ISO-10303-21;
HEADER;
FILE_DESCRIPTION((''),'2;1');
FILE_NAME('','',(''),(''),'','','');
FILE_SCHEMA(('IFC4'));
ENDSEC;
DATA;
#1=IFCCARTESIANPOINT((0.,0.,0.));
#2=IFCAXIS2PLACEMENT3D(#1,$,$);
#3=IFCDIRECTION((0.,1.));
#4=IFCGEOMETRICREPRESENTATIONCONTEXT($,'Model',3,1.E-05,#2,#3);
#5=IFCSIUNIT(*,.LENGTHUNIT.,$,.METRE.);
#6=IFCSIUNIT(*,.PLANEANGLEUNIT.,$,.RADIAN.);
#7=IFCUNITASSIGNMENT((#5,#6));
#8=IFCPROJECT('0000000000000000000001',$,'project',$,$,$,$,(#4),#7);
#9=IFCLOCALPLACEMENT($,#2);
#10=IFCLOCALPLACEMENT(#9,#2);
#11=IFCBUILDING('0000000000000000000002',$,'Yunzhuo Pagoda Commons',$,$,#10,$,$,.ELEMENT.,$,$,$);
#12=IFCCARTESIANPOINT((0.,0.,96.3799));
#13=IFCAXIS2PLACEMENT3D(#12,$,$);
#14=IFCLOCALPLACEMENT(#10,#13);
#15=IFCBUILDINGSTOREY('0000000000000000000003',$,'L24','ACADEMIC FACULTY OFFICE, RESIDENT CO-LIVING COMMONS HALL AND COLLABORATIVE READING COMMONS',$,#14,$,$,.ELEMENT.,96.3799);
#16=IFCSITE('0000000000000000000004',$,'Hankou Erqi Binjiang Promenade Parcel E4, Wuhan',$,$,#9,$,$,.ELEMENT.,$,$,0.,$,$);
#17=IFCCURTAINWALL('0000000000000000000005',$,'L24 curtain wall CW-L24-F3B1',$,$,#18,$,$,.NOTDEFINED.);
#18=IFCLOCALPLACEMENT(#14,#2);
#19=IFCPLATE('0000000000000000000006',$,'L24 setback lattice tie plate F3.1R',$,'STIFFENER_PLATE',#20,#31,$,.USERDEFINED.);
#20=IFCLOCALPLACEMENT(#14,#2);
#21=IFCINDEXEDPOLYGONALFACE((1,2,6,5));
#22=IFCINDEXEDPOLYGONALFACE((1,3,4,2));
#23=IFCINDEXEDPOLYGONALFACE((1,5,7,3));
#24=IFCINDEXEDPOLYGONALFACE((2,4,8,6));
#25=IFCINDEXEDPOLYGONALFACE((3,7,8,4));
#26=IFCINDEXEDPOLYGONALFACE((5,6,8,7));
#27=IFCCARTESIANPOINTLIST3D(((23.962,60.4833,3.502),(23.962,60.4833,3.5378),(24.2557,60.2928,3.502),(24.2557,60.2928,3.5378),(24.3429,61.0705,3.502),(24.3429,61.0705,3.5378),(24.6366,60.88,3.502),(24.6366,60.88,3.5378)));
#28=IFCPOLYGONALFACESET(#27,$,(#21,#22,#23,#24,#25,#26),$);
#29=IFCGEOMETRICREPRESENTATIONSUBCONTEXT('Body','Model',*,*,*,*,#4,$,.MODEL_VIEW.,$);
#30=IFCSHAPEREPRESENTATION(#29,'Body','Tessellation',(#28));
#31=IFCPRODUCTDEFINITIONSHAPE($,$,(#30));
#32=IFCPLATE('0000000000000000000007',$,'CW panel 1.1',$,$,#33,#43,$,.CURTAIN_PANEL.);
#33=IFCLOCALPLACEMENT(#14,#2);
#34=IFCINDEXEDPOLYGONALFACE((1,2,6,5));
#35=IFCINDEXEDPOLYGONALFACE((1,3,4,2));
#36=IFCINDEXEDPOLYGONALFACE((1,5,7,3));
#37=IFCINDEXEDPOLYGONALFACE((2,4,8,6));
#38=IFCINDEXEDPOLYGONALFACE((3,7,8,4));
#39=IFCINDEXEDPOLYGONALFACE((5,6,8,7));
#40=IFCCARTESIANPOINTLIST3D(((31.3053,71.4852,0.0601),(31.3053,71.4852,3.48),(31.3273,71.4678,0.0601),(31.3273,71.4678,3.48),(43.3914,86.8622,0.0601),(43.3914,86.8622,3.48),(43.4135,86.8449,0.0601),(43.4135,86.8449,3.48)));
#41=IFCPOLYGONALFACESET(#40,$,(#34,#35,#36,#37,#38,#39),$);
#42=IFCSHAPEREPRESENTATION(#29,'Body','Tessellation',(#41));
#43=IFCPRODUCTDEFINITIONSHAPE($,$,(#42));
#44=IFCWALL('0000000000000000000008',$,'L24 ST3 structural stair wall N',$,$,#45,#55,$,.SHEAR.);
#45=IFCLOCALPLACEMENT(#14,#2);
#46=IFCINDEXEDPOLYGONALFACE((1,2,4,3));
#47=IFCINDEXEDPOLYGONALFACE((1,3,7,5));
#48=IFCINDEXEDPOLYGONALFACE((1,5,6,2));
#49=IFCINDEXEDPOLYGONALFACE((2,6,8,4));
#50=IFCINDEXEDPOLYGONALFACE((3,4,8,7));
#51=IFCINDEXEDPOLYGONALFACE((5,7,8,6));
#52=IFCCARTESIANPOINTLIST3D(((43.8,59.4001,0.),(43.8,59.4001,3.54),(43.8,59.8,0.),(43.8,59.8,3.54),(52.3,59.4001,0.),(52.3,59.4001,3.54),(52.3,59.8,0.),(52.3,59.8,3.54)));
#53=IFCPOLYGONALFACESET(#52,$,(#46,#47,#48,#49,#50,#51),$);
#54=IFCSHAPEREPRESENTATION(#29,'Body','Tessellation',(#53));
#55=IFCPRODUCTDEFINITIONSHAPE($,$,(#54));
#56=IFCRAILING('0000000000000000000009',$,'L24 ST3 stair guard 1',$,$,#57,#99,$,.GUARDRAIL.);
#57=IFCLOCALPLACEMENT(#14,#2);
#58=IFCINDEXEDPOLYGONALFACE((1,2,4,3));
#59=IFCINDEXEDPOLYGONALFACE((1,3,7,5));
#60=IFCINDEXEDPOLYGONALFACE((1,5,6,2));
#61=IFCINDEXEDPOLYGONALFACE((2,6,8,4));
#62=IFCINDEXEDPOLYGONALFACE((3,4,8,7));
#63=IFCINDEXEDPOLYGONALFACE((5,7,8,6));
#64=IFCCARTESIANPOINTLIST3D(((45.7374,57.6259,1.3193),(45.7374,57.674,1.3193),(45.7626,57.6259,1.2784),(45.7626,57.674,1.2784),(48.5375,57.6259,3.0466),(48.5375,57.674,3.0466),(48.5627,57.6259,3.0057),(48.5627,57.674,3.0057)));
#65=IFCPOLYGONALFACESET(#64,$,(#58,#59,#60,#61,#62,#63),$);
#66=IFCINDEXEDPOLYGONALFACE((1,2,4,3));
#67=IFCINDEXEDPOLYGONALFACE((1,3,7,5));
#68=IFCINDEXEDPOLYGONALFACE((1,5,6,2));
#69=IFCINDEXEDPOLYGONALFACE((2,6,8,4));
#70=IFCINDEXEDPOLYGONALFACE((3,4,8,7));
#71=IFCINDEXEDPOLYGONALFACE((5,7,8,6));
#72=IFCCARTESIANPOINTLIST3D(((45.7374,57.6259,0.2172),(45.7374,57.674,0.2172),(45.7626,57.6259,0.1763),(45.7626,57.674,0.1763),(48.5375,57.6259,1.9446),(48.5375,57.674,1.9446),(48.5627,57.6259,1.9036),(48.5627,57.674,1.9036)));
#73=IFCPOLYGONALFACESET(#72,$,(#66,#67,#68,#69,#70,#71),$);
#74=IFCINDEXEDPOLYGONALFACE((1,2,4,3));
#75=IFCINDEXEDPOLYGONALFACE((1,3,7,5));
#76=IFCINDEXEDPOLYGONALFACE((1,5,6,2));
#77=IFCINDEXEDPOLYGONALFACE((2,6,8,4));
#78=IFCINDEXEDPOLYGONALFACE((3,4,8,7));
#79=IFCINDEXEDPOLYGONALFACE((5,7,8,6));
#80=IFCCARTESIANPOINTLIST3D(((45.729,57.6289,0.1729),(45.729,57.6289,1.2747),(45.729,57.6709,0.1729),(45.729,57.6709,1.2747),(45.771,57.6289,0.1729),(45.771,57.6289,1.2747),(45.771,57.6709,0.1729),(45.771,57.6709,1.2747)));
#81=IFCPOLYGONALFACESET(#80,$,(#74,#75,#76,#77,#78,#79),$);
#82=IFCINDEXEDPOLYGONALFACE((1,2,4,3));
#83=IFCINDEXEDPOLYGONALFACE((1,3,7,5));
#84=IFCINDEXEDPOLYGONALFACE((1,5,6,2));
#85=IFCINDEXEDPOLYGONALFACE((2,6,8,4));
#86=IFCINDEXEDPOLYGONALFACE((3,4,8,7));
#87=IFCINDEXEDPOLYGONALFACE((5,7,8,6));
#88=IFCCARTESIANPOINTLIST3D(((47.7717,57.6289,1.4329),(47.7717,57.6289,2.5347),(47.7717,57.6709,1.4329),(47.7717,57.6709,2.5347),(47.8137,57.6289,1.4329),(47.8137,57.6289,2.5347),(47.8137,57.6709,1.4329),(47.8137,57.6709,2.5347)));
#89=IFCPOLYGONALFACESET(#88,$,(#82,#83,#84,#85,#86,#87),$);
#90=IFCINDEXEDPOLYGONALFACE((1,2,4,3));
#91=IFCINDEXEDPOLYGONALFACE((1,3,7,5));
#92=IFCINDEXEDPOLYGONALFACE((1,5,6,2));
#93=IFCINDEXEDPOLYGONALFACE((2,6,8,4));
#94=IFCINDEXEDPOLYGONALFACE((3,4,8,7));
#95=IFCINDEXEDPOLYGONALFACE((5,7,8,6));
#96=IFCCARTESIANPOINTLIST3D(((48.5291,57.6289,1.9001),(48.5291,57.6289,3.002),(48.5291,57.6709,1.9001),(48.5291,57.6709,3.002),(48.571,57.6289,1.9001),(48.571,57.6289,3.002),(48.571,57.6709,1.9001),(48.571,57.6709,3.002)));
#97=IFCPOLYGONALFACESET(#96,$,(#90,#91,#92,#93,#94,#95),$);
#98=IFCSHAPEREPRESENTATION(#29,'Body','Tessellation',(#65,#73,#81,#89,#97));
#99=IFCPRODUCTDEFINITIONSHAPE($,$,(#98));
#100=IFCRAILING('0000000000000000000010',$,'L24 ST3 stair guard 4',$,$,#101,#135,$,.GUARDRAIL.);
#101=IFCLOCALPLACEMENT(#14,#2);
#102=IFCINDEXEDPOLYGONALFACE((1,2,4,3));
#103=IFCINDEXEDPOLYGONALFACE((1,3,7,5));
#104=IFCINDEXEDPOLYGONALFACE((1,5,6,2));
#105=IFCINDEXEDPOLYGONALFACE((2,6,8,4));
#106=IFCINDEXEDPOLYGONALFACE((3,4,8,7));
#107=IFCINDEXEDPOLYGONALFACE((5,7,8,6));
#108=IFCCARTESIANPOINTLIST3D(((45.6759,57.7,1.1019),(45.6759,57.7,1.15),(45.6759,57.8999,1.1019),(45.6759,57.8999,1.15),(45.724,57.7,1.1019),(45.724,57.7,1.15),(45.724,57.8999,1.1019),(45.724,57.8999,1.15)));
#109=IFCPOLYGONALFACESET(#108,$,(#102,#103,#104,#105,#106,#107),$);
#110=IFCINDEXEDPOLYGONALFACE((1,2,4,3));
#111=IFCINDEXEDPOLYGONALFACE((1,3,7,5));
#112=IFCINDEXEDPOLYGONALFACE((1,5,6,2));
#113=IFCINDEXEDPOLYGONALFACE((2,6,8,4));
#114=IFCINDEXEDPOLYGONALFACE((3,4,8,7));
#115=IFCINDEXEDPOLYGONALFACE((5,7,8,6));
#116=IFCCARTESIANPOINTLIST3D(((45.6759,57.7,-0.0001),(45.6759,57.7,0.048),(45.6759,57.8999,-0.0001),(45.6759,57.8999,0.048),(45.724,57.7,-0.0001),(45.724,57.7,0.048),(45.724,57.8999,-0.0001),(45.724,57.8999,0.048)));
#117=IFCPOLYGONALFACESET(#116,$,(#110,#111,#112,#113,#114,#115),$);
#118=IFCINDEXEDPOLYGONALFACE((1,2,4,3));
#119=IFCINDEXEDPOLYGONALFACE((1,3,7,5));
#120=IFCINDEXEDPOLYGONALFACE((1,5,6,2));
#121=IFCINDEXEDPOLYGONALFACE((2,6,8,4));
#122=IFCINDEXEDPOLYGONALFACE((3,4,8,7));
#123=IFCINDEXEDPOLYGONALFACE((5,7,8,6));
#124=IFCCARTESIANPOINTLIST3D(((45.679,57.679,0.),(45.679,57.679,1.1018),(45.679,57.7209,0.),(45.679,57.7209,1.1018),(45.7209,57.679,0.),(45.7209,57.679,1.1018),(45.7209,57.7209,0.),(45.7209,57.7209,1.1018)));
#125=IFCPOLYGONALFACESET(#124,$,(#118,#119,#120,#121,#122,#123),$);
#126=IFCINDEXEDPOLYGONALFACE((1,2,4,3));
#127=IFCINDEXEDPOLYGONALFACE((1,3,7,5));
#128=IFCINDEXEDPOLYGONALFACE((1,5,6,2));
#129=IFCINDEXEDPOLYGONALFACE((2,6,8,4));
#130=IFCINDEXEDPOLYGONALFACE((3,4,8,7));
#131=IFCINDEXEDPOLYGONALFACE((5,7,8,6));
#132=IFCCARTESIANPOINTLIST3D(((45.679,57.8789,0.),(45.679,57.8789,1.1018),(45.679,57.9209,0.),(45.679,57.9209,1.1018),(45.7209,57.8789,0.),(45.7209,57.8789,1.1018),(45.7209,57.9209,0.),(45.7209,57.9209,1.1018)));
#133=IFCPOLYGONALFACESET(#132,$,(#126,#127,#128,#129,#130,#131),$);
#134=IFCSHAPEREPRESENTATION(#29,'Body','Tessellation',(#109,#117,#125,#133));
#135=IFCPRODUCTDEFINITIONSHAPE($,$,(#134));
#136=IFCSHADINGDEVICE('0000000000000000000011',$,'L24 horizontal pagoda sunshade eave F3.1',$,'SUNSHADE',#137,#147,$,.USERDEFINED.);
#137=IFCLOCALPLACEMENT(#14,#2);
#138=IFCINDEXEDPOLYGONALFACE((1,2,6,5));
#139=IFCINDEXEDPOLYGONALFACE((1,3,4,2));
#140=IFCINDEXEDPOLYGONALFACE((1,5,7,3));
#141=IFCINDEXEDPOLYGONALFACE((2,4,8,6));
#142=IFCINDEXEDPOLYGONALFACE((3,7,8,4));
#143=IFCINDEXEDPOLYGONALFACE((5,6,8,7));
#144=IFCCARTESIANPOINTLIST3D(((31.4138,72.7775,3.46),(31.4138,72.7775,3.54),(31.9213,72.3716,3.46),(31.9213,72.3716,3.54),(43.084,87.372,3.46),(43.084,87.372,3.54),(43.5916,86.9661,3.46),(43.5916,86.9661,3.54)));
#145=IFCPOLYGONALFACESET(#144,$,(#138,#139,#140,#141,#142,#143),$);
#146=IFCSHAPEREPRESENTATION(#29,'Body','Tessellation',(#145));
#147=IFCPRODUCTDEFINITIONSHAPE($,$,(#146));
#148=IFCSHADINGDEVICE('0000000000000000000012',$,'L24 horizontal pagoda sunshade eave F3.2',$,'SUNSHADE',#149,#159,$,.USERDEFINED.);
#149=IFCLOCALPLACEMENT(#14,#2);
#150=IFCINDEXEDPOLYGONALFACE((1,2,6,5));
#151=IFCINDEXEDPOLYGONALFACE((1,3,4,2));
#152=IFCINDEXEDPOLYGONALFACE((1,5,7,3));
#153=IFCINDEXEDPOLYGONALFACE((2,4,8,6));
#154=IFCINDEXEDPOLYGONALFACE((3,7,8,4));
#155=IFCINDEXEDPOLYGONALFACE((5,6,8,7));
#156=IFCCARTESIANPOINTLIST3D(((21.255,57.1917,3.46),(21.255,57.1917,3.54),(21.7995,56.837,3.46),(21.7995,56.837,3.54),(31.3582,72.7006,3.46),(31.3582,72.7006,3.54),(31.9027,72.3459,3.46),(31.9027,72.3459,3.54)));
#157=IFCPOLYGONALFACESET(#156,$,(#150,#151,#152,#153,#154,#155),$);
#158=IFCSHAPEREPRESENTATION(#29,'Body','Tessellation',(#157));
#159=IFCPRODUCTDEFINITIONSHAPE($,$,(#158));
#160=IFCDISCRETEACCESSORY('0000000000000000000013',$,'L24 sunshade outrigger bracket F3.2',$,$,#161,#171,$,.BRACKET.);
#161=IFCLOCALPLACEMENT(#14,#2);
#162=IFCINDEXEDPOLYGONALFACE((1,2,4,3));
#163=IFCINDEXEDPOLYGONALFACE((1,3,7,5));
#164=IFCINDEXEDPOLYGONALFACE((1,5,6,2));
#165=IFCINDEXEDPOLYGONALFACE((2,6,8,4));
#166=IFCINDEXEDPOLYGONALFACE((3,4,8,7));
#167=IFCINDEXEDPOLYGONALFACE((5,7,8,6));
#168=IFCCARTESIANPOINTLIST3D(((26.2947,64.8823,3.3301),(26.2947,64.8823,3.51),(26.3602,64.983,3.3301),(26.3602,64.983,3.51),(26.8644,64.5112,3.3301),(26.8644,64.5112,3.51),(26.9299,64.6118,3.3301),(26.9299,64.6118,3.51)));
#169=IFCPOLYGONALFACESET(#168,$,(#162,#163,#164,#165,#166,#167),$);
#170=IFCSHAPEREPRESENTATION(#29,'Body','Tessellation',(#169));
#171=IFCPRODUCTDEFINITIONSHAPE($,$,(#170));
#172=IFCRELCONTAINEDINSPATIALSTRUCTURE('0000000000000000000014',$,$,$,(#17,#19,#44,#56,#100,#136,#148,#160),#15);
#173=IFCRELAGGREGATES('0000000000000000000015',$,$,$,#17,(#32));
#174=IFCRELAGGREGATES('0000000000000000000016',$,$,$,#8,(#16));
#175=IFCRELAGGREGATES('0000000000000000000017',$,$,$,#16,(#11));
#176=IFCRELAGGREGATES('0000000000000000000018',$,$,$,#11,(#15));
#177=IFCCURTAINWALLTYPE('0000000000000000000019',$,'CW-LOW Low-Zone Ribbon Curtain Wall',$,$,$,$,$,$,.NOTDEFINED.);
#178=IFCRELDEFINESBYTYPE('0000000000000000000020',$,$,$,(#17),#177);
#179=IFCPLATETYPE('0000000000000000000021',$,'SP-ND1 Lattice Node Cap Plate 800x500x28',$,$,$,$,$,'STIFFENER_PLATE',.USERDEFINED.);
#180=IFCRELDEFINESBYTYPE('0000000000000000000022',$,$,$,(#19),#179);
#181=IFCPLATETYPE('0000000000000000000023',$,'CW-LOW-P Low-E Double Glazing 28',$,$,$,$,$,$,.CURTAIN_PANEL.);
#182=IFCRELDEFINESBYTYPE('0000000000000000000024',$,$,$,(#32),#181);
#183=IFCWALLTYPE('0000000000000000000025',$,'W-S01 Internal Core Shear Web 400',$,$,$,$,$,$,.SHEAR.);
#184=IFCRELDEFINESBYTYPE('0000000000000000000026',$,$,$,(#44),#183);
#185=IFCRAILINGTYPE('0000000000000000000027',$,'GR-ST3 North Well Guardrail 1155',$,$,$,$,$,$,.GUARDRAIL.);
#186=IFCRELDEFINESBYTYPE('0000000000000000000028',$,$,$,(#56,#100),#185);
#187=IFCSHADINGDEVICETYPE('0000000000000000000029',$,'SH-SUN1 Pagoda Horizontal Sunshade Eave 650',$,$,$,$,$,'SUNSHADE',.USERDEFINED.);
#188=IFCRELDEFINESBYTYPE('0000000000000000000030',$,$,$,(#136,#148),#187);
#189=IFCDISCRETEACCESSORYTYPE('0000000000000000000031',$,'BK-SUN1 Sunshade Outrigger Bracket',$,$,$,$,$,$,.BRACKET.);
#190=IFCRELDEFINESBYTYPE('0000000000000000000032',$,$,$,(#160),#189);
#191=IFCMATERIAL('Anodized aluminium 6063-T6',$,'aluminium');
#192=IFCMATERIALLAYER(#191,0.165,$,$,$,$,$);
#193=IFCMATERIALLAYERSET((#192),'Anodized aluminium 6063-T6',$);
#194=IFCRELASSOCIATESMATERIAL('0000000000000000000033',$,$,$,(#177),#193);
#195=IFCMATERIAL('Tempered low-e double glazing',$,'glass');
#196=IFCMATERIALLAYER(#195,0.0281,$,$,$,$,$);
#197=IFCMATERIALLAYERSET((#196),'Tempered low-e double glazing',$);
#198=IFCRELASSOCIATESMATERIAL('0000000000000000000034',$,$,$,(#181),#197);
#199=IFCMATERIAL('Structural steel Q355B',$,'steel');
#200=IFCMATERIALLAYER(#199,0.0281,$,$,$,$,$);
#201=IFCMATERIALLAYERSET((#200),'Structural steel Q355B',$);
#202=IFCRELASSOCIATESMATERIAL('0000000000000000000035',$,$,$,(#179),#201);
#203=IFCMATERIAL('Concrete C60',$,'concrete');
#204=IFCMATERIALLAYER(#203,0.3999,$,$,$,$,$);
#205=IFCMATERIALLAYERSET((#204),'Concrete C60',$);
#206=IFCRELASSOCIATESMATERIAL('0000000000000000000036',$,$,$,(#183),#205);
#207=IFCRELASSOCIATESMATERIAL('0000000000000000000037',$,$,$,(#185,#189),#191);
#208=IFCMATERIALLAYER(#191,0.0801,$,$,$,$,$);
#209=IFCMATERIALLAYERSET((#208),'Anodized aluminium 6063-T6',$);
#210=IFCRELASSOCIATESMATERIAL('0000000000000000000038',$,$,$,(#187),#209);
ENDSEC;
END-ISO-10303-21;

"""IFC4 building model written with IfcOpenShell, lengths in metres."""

from ifc_helpers import new_model, si_unit, direction, frame, frame_2d, origin, origin_2d, place, context, subcontext, project, spatial, rectangle, extrude, source, transform, mapped, material, layer, layer_set, type_object, element, aggregate, save


model = new_model("IFC4")

# Units and contexts
model_context = context("Model", 3, precision=1e-05, world=origin(), true_north=direction((0.0, 1.0)))
body_context = subcontext(model_context, "Body", "Model", "MODEL_VIEW")
ifc_project = project(units=[si_unit("LENGTHUNIT", "METRE"), si_unit("PLANEANGLEUNIT", "RADIAN")], contexts=[model_context])

# Site, building, storey
site_placement = place(None, origin())
site = spatial("IfcSite", under=ifc_project, at=site_placement, Name="Hankou Erqi Binjiang Promenade Parcel E4, Wuhan", CompositionType="ELEMENT", RefElevation=0.0)
building_placement = place(site_placement, origin())
building = spatial("IfcBuilding", under=site, at=building_placement, Name="Yunzhuo Pagoda Commons", CompositionType="ELEMENT")
storey_placement = place(building_placement, frame((0.0, 0.0, 96.3799)))
storey = spatial("IfcBuildingStorey", under=building, at=storey_placement, Name="L24", Description="ACADEMIC FACULTY OFFICE, RESIDENT CO-LIVING COMMONS HALL AND COLLABORATIVE READING COMMONS", CompositionType="ELEMENT", Elevation=96.3799)

# Shared definitions
ifc_material_1 = material(Name="Structural steel Q355B", Category="steel")

# Curtain wall
ifc_material_2 = material(Name="Anodized aluminium 6063-T6", Category="aluminium")
ifc_layer_1 = layer(ifc_material_2, 0.165)
ifc_layer_set_1 = layer_set([ifc_layer_1], Name="Anodized aluminium 6063-T6")
curtain_wall_type = type_object("IfcCurtainWallType", Name="CW-LOW Low-Zone Ribbon Curtain Wall", PredefinedType="NOTDEFINED", material=ifc_layer_set_1)
curtain_wall_1_placement = place(storey_placement, origin())
curtain_wall_1 = element("IfcCurtainWall", 1, at=curtain_wall_1_placement, inside=storey, type_object=curtain_wall_type, Name="L24 curtain wall CW-L24-F3B1", PredefinedType="NOTDEFINED")

# Shared definitions
ifc_material_3 = material(Name="Tempered low-e double glazing", Category="glass")
ifc_layer_2 = layer(ifc_material_3, 0.0281)
ifc_layer_set_2 = layer_set([ifc_layer_2], Name="Tempered low-e double glazing")
plate_type_1 = type_object("IfcPlateType", Name="CW-LOW-P Low-E Double Glazing 28", PredefinedType="CURTAIN_PANEL", material=ifc_layer_set_2)

# Plate
ifc_layer_3 = layer(ifc_material_1, 0.0281)
ifc_layer_set_3 = layer_set([ifc_layer_3], Name="Structural steel Q355B")
plate_type_2 = type_object("IfcPlateType", Name="SP-ND1 Lattice Node Cap Plate 800x500x28", ElementType="STIFFENER_PLATE", PredefinedType="USERDEFINED", material=ifc_layer_set_3)
shared_shape_1 = source(origin(), body_context, "Body", "SweptSolid", [
    extrude(rectangle(XDim=0.7, YDim=0.3501, at=origin_2d()), origin(), (0.0, 0.0, 1.0), 0.0359),
])
for number, where, z_axis, x_axis, name in (
    (2, (24.2993, 60.6816, 3.502), (0.0, 0.0, 1.0), (-0.544171, -0.838975, 0.0), "L24 setback lattice tie plate F3.1R"),
):
    element("IfcPlate", number, at=place(storey_placement, frame(where, z_axis=z_axis, x_axis=x_axis)), inside=storey, type_object=plate_type_2, Name=name, ObjectType="STIFFENER_PLATE", PredefinedType="USERDEFINED", context=body_context, shape_type="MappedRepresentation", body=[
        mapped(shared_shape_1, transform((0.0, 0.0, 0.0), scale=1.0)),
    ])

# Plate
shared_shape_2 = source(origin(), body_context, "Body", "SweptSolid", [
    extrude(rectangle(XDim=19.5583, YDim=0.0281, at=origin_2d()), origin(), (0.0, 0.0, 1.0), 3.4199),
])
plate_1_placement = place(storey_placement, frame((37.3594, 79.165, 0.0601), z_axis=(0.0, 0.0, 1.0), x_axis=(-0.617953, -0.786215, 0.0)))
plate_1 = element("IfcPlate", 3, at=plate_1_placement, type_object=plate_type_1, Name="CW panel 1.1", PredefinedType="CURTAIN_PANEL", context=body_context, shape_type="MappedRepresentation", body=[
    mapped(shared_shape_2, transform((0.0, 0.0, 0.0), scale=1.0)),
])
aggregate(curtain_wall_1, [plate_1])

# Wall
ifc_material_4 = material(Name="Concrete C60", Category="concrete")
ifc_layer_4 = layer(ifc_material_4, 0.3999)
ifc_layer_set_4 = layer_set([ifc_layer_4], Name="Concrete C60")
wall_type = type_object("IfcWallType", Name="W-S01 Internal Core Shear Web 400", PredefinedType="SHEAR", material=ifc_layer_set_4)
wall_placement = place(storey_placement, frame((43.8, 59.6001, 0.0), z_axis=(0.0, 0.0, 1.0), x_axis=(1.0, 0.0, 0.0)))
element("IfcWall", 4, at=wall_placement, inside=storey, type_object=wall_type, Name="L24 ST3 structural stair wall N", PredefinedType="SHEAR", context=body_context, shape_type="SweptSolid", body=[
    extrude(rectangle(XDim=8.5, YDim=0.3999, at=frame_2d((4.25, 0.0))), origin(), (0.0, 0.0, 1.0), 3.54),
])

# Railings
railing_type = type_object("IfcRailingType", Name="GR-ST3 North Well Guardrail 1155", PredefinedType="GUARDRAIL", material=ifc_material_2)
railing_1_placement = place(storey_placement, frame((45.75, 57.6499, 0.1729)))
element("IfcRailing", 5, at=railing_1_placement, inside=storey, type_object=railing_type, Name="L24 ST3 stair guard 1", PredefinedType="GUARDRAIL", context=body_context, shape_type="SweptSolid", body=[
    extrude(rectangle(XDim=0.0481, YDim=0.0481, at=origin_2d()), frame((0.0, 0.0, 1.126), z_axis=(0.85109, 0.0, 0.52502), x_axis=(0.0, 1.0, 0.0)), (0.0, 0.0, 1.0), 3.29),
    extrude(rectangle(XDim=0.0481, YDim=0.0481, at=origin_2d()), frame((0.0, 0.0, 0.0239), z_axis=(0.85109, 0.0, 0.52502), x_axis=(0.0, 1.0, 0.0)), (0.0, 0.0, 1.0), 3.29),
    extrude(rectangle(XDim=0.042, YDim=0.042, at=origin_2d()), origin(), (0.0, 0.0, 1.0), 1.1018),
    extrude(rectangle(XDim=0.042, YDim=0.042, at=origin_2d()), frame((2.0427, 0.0, 1.26)), (0.0, 0.0, 1.0), 1.1018),
    extrude(rectangle(XDim=0.042, YDim=0.042, at=origin_2d()), frame((2.8, 0.0, 1.7273)), (0.0, 0.0, 1.0), 1.1018),
])
railing_2_placement = place(storey_placement, frame((45.7, 57.7, 0.0)))
element("IfcRailing", 6, at=railing_2_placement, inside=storey, type_object=railing_type, Name="L24 ST3 stair guard 4", PredefinedType="GUARDRAIL", context=body_context, shape_type="SweptSolid", body=[
    extrude(rectangle(XDim=0.0481, YDim=0.0481, at=origin_2d()), frame((0.0, 0.0, 1.126), z_axis=(0.0, 1.0, 0.0), x_axis=(-1.0, 0.0, 0.0)), (0.0, 0.0, 1.0), 0.2),
    extrude(rectangle(XDim=0.0481, YDim=0.0481, at=origin_2d()), frame((0.0, 0.0, 0.0239), z_axis=(0.0, 1.0, 0.0), x_axis=(-1.0, 0.0, 0.0)), (0.0, 0.0, 1.0), 0.2),
    extrude(rectangle(XDim=0.042, YDim=0.042, at=origin_2d()), origin(), (0.0, 0.0, 1.0), 1.1018),
    extrude(rectangle(XDim=0.042, YDim=0.042, at=origin_2d()), frame((0.0, 0.2, 0.0)), (0.0, 0.0, 1.0), 1.1018),
])

# Shading devices
ifc_layer_5 = layer(ifc_material_2, 0.0801)
ifc_layer_set_5 = layer_set([ifc_layer_5], Name="Anodized aluminium 6063-T6")
shading_device_type = type_object("IfcShadingDeviceType", Name="SH-SUN1 Pagoda Horizontal Sunshade Eave 650", ElementType="SUNSHADE", PredefinedType="USERDEFINED", material=ifc_layer_set_5)
shared_shape_3 = source(origin(), body_context, "Body", "SweptSolid", [
    extrude(rectangle(XDim=18.6868, YDim=0.6499, at=origin_2d()), origin(), (0.0, 0.0, 1.0), 0.0801),
])
shading_device_1_placement = place(storey_placement, frame((37.5027, 79.8718, 3.46), z_axis=(0.0, 0.0, 1.0), x_axis=(-0.62452, -0.781008, 0.0)))
element("IfcShadingDevice", 7, at=shading_device_1_placement, inside=storey, type_object=shading_device_type, Name="L24 horizontal pagoda sunshade eave F3.1", ObjectType="SUNSHADE", PredefinedType="USERDEFINED", context=body_context, shape_type="MappedRepresentation", body=[
    mapped(shared_shape_3, transform((0.0, 0.0, 0.0), scale=1.0)),
])
shared_shape_4 = source(origin(), body_context, "Body", "SweptSolid", [
    extrude(rectangle(XDim=18.5095, YDim=0.6499, at=origin_2d()), origin(), (0.0, 0.0, 1.0), 0.0801),
])
shading_device_2_placement = place(storey_placement, frame((26.5789, 64.7688, 3.46), z_axis=(0.0, 0.0, 1.0), x_axis=(-0.545839, -0.83789, 0.0)))
element("IfcShadingDevice", 8, at=shading_device_2_placement, inside=storey, type_object=shading_device_type, Name="L24 horizontal pagoda sunshade eave F3.2", ObjectType="SUNSHADE", PredefinedType="USERDEFINED", context=body_context, shape_type="MappedRepresentation", body=[
    mapped(shared_shape_4, transform((0.0, 0.0, 0.0), scale=1.0)),
])

# Discrete accessory
discrete_accessory_type = type_object("IfcDiscreteAccessoryType", Name="BK-SUN1 Sunshade Outrigger Bracket", PredefinedType="BRACKET", material=ifc_material_2)
shared_shape_5 = source(origin(), body_context, "Body", "SweptSolid", [
    extrude(rectangle(XDim=0.1201, YDim=0.6799, at=origin_2d()), origin(), (0.0, 0.0, 1.0), 0.1799),
])
discrete_accessory_placement = place(storey_placement, frame((26.6123, 64.7471, 3.3301), z_axis=(0.0, 0.0, 1.0), x_axis=(-0.545839, -0.83789, 0.0)))
element("IfcDiscreteAccessory", 9, at=discrete_accessory_placement, inside=storey, type_object=discrete_accessory_type, Name="L24 sunshade outrigger bracket F3.2", PredefinedType="BRACKET", context=body_context, shape_type="MappedRepresentation", body=[
    mapped(shared_shape_5, transform((0.0, 0.0, 0.0), scale=1.0)),
])

save(model, "model.ifc")
